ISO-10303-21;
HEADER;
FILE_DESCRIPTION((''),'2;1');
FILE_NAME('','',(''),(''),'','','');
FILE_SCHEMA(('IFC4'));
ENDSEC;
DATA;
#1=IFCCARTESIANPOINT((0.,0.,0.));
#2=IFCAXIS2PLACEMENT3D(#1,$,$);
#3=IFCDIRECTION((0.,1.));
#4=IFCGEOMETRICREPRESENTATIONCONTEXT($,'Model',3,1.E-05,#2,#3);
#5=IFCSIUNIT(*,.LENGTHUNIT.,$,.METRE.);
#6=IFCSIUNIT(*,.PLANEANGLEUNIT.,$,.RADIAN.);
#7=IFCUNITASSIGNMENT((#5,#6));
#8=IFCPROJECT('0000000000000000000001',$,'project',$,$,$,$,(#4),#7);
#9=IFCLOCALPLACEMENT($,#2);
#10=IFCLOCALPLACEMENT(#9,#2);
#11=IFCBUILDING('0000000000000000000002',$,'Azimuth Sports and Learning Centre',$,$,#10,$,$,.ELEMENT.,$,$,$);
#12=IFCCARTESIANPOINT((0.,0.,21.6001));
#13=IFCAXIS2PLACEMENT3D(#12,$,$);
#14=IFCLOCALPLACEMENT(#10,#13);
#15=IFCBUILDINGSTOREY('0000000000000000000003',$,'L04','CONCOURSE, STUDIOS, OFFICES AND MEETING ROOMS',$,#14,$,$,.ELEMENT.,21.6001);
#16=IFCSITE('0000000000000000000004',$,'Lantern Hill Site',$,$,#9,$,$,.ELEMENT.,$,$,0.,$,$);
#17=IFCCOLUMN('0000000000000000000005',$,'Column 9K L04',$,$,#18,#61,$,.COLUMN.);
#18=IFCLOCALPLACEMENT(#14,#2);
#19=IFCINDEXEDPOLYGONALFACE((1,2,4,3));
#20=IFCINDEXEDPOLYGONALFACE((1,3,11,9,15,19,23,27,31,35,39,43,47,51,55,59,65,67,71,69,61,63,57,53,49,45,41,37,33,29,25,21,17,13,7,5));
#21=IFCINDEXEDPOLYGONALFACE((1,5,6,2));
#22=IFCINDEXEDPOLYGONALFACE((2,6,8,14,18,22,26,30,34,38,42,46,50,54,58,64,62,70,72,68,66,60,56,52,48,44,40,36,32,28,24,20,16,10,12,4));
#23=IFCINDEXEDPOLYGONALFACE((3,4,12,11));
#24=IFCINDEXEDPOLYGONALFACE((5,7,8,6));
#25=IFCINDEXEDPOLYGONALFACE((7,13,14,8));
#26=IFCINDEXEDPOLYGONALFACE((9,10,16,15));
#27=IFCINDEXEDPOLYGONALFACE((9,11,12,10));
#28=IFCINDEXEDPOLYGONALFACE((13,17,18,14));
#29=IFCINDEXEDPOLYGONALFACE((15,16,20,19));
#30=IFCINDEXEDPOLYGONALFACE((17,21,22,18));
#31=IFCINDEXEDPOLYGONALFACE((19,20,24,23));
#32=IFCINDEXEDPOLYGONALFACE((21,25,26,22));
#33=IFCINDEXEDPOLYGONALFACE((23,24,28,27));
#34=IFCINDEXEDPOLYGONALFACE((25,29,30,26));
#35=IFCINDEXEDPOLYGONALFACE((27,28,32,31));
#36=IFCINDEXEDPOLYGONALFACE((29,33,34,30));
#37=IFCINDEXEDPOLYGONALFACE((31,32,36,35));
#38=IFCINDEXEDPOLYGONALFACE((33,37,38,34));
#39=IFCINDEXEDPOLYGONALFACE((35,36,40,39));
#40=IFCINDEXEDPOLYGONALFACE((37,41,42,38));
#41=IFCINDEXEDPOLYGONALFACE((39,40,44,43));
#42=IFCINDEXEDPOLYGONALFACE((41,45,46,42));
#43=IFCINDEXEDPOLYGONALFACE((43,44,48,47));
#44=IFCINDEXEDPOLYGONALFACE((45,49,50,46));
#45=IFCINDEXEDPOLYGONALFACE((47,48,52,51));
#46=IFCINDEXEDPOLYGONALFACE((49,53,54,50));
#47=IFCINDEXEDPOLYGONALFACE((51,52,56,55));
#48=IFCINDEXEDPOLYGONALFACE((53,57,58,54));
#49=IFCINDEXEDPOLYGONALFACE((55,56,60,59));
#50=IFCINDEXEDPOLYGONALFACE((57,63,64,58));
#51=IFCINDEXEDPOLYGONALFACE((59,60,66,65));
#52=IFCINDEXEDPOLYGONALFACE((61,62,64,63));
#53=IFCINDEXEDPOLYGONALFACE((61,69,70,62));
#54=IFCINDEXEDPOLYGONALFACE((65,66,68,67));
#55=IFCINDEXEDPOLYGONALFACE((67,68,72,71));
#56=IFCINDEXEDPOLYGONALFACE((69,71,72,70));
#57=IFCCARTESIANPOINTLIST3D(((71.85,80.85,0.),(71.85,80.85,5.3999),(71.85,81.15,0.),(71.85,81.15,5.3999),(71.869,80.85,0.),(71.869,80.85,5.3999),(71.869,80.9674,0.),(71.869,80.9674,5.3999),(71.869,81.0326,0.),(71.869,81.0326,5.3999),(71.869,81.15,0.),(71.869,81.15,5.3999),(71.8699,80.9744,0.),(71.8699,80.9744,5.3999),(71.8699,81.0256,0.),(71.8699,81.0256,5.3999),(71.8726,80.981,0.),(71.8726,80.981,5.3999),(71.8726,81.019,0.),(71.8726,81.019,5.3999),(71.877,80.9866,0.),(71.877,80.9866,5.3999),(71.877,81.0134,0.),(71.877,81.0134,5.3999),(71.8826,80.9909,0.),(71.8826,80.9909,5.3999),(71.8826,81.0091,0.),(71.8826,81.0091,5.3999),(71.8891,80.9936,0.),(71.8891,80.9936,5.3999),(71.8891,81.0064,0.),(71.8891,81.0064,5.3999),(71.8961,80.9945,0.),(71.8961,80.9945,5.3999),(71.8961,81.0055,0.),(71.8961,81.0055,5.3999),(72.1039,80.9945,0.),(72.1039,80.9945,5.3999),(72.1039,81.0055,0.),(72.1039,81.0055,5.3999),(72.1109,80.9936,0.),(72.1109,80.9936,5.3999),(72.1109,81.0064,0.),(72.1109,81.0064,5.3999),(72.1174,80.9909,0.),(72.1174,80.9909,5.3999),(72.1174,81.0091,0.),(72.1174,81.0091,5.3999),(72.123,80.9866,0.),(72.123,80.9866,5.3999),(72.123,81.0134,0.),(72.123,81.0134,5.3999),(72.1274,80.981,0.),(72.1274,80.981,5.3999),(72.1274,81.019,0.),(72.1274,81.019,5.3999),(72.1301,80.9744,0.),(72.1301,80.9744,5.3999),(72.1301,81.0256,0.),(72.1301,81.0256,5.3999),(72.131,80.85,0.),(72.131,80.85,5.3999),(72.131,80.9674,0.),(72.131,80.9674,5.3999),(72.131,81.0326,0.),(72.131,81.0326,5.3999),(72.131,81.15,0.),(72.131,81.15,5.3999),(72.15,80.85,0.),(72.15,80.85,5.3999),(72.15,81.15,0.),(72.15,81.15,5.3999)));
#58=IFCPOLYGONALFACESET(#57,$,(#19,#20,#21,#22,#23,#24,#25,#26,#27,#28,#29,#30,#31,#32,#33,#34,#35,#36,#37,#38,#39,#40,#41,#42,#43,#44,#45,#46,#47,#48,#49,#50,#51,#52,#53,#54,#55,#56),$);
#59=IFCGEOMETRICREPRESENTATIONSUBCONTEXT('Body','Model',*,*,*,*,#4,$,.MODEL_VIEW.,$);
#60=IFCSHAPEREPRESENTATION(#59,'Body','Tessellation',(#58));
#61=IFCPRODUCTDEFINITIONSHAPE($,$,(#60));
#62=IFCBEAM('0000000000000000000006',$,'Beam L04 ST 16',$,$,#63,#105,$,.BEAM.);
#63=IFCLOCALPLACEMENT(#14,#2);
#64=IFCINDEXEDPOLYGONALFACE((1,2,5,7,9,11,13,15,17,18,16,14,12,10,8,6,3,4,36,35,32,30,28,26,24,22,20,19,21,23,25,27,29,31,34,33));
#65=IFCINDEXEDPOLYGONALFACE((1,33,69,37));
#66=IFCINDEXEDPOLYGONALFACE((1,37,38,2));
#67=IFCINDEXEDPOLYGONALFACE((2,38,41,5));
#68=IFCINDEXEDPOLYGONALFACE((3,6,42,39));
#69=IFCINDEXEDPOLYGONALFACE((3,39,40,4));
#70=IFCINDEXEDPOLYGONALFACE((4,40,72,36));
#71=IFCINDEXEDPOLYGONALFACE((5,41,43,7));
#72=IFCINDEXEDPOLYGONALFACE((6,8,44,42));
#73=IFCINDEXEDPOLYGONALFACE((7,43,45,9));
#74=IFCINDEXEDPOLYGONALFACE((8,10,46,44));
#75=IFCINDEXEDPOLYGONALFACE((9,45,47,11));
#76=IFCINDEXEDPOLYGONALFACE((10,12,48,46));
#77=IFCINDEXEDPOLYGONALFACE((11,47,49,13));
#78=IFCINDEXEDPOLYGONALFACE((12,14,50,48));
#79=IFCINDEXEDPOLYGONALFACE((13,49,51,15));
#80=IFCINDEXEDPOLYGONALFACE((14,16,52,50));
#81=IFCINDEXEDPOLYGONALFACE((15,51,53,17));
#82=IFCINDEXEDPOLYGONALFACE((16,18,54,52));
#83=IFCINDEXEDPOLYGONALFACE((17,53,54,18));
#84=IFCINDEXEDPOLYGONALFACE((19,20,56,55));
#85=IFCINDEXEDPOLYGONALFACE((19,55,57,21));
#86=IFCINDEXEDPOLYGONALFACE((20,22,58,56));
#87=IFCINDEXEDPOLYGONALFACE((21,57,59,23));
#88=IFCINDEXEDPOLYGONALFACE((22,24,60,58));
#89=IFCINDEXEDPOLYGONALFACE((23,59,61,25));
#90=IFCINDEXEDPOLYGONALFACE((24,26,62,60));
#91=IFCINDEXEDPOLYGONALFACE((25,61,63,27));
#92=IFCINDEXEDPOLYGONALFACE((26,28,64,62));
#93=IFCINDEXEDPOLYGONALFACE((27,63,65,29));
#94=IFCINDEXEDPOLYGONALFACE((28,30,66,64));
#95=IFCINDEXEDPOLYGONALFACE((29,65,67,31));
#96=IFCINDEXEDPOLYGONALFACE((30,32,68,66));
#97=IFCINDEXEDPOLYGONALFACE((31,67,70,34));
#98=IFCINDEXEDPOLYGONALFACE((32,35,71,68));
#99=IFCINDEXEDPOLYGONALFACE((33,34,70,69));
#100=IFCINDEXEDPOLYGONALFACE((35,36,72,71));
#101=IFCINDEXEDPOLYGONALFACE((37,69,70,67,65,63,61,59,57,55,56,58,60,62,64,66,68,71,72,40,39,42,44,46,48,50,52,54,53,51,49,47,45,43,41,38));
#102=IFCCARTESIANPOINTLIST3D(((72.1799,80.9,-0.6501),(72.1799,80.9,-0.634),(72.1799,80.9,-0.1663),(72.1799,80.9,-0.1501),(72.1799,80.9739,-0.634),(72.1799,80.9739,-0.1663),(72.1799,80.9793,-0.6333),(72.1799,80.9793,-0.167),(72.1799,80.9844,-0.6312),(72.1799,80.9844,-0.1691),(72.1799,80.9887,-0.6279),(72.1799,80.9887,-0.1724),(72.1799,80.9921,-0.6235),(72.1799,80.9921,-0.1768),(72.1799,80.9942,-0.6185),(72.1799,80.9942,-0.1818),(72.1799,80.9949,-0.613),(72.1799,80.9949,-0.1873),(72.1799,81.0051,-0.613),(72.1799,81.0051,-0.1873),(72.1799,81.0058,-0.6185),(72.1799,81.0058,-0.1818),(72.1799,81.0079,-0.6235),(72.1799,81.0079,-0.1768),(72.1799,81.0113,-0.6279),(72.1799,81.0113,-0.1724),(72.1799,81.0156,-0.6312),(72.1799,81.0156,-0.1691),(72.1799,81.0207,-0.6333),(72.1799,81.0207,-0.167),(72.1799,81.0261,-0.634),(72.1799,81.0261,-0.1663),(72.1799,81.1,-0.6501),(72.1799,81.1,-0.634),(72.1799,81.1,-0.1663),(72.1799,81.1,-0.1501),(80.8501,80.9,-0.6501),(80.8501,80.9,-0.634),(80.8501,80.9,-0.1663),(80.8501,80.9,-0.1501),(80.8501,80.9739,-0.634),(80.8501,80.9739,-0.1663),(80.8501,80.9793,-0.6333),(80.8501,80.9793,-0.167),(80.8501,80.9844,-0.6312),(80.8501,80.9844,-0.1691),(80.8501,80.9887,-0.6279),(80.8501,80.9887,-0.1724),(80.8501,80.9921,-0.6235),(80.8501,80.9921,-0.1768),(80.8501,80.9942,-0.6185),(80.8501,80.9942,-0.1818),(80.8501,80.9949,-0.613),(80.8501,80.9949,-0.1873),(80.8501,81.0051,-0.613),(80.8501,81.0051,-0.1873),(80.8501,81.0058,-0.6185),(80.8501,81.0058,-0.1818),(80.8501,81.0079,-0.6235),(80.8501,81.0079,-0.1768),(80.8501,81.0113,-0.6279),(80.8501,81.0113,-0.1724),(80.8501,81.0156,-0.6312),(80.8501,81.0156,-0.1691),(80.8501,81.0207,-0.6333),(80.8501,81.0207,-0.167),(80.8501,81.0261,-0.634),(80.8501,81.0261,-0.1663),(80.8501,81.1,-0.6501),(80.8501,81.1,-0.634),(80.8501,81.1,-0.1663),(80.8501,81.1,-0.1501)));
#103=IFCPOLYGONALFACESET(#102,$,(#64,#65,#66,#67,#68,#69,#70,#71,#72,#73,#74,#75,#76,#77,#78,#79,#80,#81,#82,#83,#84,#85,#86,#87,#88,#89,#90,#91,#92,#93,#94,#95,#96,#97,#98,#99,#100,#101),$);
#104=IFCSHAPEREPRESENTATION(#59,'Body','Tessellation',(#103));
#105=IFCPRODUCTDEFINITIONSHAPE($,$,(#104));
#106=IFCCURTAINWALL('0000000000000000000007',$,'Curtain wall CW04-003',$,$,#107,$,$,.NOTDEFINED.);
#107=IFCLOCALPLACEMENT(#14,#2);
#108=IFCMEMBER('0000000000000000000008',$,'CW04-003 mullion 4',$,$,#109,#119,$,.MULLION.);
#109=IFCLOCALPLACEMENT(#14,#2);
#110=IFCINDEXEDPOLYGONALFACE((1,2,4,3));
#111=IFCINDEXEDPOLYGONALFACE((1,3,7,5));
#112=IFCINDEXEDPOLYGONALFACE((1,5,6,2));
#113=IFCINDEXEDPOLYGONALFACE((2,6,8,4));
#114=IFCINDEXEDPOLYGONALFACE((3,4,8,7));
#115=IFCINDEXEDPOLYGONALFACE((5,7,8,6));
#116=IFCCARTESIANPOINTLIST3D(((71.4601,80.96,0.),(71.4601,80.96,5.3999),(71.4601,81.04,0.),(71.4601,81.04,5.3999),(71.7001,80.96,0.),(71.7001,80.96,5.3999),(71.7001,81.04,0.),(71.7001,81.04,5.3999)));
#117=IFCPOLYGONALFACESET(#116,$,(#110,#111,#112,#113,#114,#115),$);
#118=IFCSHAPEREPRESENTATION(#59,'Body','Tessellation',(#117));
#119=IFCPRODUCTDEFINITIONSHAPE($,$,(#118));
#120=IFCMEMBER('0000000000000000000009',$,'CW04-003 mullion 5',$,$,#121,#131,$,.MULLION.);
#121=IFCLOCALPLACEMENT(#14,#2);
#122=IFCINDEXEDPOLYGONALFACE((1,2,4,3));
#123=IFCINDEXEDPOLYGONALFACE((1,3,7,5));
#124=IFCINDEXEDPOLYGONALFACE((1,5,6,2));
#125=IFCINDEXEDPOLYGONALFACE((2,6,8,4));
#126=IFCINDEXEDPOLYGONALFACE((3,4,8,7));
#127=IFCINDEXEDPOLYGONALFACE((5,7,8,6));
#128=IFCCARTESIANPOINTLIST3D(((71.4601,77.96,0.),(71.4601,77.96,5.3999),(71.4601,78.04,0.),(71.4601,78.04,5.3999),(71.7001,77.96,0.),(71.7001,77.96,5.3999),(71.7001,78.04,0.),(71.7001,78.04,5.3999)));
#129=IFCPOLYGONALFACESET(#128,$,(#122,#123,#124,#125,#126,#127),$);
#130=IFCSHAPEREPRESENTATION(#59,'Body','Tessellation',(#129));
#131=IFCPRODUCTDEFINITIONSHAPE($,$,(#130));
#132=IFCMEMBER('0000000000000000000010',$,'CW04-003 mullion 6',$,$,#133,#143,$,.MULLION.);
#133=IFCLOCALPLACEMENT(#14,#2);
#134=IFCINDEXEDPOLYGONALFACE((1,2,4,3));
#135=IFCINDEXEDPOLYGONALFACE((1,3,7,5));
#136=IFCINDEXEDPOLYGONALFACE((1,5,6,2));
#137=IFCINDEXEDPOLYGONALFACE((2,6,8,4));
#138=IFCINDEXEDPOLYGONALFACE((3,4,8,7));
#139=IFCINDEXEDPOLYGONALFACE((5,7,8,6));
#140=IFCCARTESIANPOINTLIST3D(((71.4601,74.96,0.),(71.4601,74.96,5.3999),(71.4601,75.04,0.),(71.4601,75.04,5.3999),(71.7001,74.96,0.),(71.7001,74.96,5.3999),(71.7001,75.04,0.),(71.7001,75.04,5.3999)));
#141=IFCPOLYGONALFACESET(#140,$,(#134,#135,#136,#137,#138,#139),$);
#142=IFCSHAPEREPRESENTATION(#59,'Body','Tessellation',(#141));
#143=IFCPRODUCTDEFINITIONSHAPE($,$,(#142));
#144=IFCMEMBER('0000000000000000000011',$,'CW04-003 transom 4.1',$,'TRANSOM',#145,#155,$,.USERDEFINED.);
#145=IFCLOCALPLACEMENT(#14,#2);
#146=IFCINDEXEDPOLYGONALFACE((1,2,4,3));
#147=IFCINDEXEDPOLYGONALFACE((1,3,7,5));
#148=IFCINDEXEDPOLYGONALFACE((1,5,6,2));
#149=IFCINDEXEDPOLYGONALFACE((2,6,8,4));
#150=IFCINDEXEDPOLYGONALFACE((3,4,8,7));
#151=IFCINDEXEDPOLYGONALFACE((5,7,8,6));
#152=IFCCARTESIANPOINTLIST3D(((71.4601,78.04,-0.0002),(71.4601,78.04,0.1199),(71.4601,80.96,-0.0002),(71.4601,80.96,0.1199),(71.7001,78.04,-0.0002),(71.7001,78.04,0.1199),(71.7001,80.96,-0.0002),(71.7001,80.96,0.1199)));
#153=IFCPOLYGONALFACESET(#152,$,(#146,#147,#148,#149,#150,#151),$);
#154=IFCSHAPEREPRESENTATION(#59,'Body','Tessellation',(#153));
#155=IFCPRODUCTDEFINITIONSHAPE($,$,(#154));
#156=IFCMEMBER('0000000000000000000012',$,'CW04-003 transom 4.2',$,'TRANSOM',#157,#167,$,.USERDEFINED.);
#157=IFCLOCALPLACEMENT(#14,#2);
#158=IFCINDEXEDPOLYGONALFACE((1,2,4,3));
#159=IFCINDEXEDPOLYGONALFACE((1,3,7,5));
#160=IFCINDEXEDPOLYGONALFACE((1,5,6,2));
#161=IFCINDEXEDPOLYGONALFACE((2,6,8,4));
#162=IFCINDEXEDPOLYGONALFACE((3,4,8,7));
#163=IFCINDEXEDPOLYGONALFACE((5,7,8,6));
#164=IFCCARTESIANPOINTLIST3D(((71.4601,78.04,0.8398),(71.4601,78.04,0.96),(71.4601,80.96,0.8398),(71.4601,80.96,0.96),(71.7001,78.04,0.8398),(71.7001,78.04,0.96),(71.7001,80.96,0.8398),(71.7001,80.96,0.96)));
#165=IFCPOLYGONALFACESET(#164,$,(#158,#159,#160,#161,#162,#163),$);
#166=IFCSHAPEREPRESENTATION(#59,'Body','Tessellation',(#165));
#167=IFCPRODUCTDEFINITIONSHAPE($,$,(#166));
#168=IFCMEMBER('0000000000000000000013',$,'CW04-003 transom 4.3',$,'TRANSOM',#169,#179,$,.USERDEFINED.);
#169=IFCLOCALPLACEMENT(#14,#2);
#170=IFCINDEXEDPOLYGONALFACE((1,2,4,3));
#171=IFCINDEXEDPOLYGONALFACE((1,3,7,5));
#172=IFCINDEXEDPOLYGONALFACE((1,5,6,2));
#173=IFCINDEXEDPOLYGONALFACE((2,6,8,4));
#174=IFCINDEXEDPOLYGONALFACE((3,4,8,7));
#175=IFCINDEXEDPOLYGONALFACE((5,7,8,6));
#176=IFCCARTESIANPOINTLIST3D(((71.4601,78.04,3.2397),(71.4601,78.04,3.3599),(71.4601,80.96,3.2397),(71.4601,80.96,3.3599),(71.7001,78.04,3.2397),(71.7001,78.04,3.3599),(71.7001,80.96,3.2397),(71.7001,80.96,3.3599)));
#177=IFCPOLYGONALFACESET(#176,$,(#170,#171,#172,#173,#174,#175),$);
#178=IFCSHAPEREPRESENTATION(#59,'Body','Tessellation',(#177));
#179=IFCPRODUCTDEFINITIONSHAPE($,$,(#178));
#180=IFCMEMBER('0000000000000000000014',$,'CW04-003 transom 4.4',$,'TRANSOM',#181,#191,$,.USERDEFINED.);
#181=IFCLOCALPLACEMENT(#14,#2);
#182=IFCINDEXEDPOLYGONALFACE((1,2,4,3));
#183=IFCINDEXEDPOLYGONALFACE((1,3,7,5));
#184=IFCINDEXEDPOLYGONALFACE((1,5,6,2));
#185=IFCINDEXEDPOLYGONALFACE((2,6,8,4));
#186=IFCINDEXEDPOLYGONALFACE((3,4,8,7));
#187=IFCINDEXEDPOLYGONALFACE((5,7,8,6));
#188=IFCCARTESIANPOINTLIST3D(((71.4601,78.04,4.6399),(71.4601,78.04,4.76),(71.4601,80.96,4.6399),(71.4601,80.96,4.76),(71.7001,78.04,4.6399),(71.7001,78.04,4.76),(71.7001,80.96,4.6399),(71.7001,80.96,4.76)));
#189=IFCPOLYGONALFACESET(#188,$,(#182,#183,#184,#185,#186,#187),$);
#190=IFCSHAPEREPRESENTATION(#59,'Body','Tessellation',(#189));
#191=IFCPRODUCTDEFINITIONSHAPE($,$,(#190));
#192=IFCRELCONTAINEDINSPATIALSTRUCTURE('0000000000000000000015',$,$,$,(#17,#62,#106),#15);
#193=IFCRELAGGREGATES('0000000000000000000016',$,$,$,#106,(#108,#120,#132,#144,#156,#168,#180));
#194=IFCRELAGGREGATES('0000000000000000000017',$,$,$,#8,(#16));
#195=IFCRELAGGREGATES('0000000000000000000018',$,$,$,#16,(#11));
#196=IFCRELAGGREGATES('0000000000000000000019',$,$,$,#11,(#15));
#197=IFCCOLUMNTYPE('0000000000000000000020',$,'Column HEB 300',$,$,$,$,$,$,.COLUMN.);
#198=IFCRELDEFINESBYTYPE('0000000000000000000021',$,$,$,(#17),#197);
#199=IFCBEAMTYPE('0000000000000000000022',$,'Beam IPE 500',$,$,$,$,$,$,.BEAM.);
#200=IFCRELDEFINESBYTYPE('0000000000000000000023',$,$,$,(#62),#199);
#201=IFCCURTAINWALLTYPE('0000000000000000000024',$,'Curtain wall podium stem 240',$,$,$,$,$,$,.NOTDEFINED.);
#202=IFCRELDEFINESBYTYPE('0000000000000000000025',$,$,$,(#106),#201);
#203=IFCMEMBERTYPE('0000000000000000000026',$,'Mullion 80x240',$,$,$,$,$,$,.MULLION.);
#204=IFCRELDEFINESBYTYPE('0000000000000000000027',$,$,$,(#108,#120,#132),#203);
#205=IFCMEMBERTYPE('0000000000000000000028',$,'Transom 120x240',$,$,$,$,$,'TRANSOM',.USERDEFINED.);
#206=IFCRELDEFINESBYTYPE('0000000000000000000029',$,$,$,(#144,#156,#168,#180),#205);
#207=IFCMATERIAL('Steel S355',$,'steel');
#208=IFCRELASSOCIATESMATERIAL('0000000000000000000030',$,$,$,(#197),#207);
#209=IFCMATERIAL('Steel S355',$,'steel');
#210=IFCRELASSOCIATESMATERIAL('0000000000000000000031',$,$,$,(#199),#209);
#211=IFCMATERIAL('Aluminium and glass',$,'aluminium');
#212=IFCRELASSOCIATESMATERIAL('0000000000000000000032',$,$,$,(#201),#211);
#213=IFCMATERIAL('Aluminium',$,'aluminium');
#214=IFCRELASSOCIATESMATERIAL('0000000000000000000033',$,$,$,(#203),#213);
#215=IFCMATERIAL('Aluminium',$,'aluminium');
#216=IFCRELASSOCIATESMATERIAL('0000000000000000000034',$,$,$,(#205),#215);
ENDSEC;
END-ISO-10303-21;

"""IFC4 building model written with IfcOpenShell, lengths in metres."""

from ifc_helpers import new_model, si_unit, direction, frame, origin, origin_2d, place, context, subcontext, project, spatial, rectangle, i_section, extrude, material, material_profile, profile_set, type_object, element, aggregate, save


model = new_model("IFC4")

# Units and contexts
model_context = context("Model", 3, precision=1e-05, world=origin(), true_north=direction((0.0, 1.0)))
body_context = subcontext(model_context, "Body", "Model", "MODEL_VIEW")
ifc_project = project(units=[si_unit("LENGTHUNIT", "METRE"), si_unit("PLANEANGLEUNIT", "RADIAN")], contexts=[model_context])

# Site, building, storey
site_placement = place(None, origin())
site = spatial("IfcSite", under=ifc_project, at=site_placement, Name="Lantern Hill Site", CompositionType="ELEMENT", RefElevation=0.0)
building_placement = place(site_placement, origin())
building = spatial("IfcBuilding", under=site, at=building_placement, Name="Azimuth Sports and Learning Centre", CompositionType="ELEMENT")
storey_placement = place(building_placement, frame((0.0, 0.0, 21.6001)))
storey = spatial("IfcBuildingStorey", under=building, at=storey_placement, Name="L04", Description="CONCOURSE, STUDIOS, OFFICES AND MEETING ROOMS", CompositionType="ELEMENT", Elevation=21.6001)

# Column
ifc_material_1 = material(Name="Steel S355", Category="steel")
ifc_material_profile_1 = material_profile(ifc_material_1, i_section(OverallWidth=0.3, OverallDepth=0.3, WebThickness=0.011, FlangeThickness=0.019, FilletRadius=0.0271, at=origin_2d()), Name="HEB 300")
ifc_profile_set_1 = profile_set([ifc_material_profile_1], Name="Steel S355")
column_type = type_object("IfcColumnType", Name="Column HEB 300", PredefinedType="COLUMN", material=ifc_profile_set_1)
column_placement = place(storey_placement, frame((72.0, 81.0, 0.0), z_axis=(0.0, 0.0, 1.0), x_axis=(0.0, 1.0, 0.0)))
element("IfcColumn", 1, at=column_placement, inside=storey, type_object=column_type, Name="Column 9K L04", PredefinedType="COLUMN", context=body_context, shape_type="SweptSolid", body=[
    extrude(i_section(OverallWidth=0.3, OverallDepth=0.3, WebThickness=0.011, FlangeThickness=0.019, FilletRadius=0.0271, at=origin_2d()), origin(), (0.0, 0.0, 1.0), 5.3999),
])

# Beam
ifc_material_2 = material(Name="Steel S355", Category="steel")
ifc_material_profile_2 = material_profile(ifc_material_2, i_section(OverallWidth=0.2, OverallDepth=0.5, WebThickness=0.0103, FlangeThickness=0.0161, FilletRadius=0.021, at=origin_2d()), Name="IPE 500")
ifc_profile_set_2 = profile_set([ifc_material_profile_2], Name="Steel S355")
beam_type = type_object("IfcBeamType", Name="Beam IPE 500", PredefinedType="BEAM", material=ifc_profile_set_2)
beam_placement = place(storey_placement, frame((72.1799, 81.0, -0.4001), z_axis=(1.0, 0.0, 0.0), x_axis=(0.0, 1.0, 0.0)))
element("IfcBeam", 2, at=beam_placement, inside=storey, type_object=beam_type, Name="Beam L04 ST 16", PredefinedType="BEAM", context=body_context, shape_type="SweptSolid", body=[
    extrude(i_section(OverallWidth=0.2, OverallDepth=0.5, WebThickness=0.0103, FlangeThickness=0.0161, FilletRadius=0.021, at=origin_2d()), origin(), (0.0, 0.0, 1.0), 8.6702),
])

# Curtain wall, members
ifc_material_3 = material(Name="Aluminium and glass", Category="aluminium")
curtain_wall_type = type_object("IfcCurtainWallType", Name="Curtain wall podium stem 240", PredefinedType="NOTDEFINED", material=ifc_material_3)
curtain_wall_placement = place(storey_placement, origin())
curtain_wall = element("IfcCurtainWall", 3, at=curtain_wall_placement, inside=storey, type_object=curtain_wall_type, Name="Curtain wall CW04-003", PredefinedType="NOTDEFINED")
ifc_material_4 = material(Name="Aluminium", Category="aluminium")
ifc_material_profile_3 = material_profile(ifc_material_4, rectangle(XDim=0.24, YDim=0.0801, at=origin_2d()), Name="Mullion 80x240")
ifc_profile_set_3 = profile_set([ifc_material_profile_3], Name="Aluminium")
member_type_1 = type_object("IfcMemberType", Name="Mullion 80x240", PredefinedType="MULLION", material=ifc_profile_set_3)
member_1_placement = place(storey_placement, frame((71.5801, 81.0, 0.0), z_axis=(0.0, 0.0, 1.0), x_axis=(1.0, 0.0, 0.0)))
member_1 = element("IfcMember", 4, at=member_1_placement, type_object=member_type_1, Name="CW04-003 mullion 4", PredefinedType="MULLION", context=body_context, shape_type="SweptSolid", body=[
    extrude(rectangle(XDim=0.24, YDim=0.0801, at=origin_2d()), origin(), (0.0, 0.0, 1.0), 5.3999),
])
member_2_placement = place(storey_placement, frame((71.5801, 78.0, 0.0), z_axis=(0.0, 0.0, 1.0), x_axis=(1.0, 0.0, 0.0)))
member_2 = element("IfcMember", 5, at=member_2_placement, type_object=member_type_1, Name="CW04-003 mullion 5", PredefinedType="MULLION", context=body_context, shape_type="SweptSolid", body=[
    extrude(rectangle(XDim=0.24, YDim=0.0801, at=origin_2d()), origin(), (0.0, 0.0, 1.0), 5.3999),
])
member_3_placement = place(storey_placement, frame((71.5801, 75.0, 0.0), z_axis=(0.0, 0.0, 1.0), x_axis=(1.0, 0.0, 0.0)))
member_3 = element("IfcMember", 6, at=member_3_placement, type_object=member_type_1, Name="CW04-003 mullion 6", PredefinedType="MULLION", context=body_context, shape_type="SweptSolid", body=[
    extrude(rectangle(XDim=0.24, YDim=0.0801, at=origin_2d()), origin(), (0.0, 0.0, 1.0), 5.3999),
])
ifc_material_5 = material(Name="Aluminium", Category="aluminium")
ifc_material_profile_4 = material_profile(ifc_material_5, rectangle(XDim=0.24, YDim=0.1201, at=origin_2d()), Name="Transom 120x240")
ifc_profile_set_4 = profile_set([ifc_material_profile_4], Name="Aluminium")
member_type_2 = type_object("IfcMemberType", Name="Transom 120x240", ElementType="TRANSOM", PredefinedType="USERDEFINED", material=ifc_profile_set_4)
member_4_placement = place(storey_placement, frame((71.5801, 80.96, 0.0598), z_axis=(0.0, -1.0, 0.0), x_axis=(1.0, 0.0, 0.0)))
member_4 = element("IfcMember", 7, at=member_4_placement, type_object=member_type_2, Name="CW04-003 transom 4.1", ObjectType="TRANSOM", PredefinedType="USERDEFINED", context=body_context, shape_type="SweptSolid", body=[
    extrude(rectangle(XDim=0.24, YDim=0.1201, at=origin_2d()), origin(), (0.0, 0.0, 1.0), 2.9199),
])
member_5_placement = place(storey_placement, frame((71.5801, 80.96, 0.8999), z_axis=(0.0, -1.0, 0.0), x_axis=(1.0, 0.0, 0.0)))
member_5 = element("IfcMember", 8, at=member_5_placement, type_object=member_type_2, Name="CW04-003 transom 4.2", ObjectType="TRANSOM", PredefinedType="USERDEFINED", context=body_context, shape_type="SweptSolid", body=[
    extrude(rectangle(XDim=0.24, YDim=0.1201, at=origin_2d()), origin(), (0.0, 0.0, 1.0), 2.9199),
])
member_6_placement = place(storey_placement, frame((71.5801, 80.96, 3.2998), z_axis=(0.0, -1.0, 0.0), x_axis=(1.0, 0.0, 0.0)))
member_6 = element("IfcMember", 9, at=member_6_placement, type_object=member_type_2, Name="CW04-003 transom 4.3", ObjectType="TRANSOM", PredefinedType="USERDEFINED", context=body_context, shape_type="SweptSolid", body=[
    extrude(rectangle(XDim=0.24, YDim=0.1201, at=origin_2d()), origin(), (0.0, 0.0, 1.0), 2.9199),
])
member_7_placement = place(storey_placement, frame((71.5801, 80.96, 4.7), z_axis=(0.0, -1.0, 0.0), x_axis=(1.0, 0.0, 0.0)))
member_7 = element("IfcMember", 10, at=member_7_placement, type_object=member_type_2, Name="CW04-003 transom 4.4", ObjectType="TRANSOM", PredefinedType="USERDEFINED", context=body_context, shape_type="SweptSolid", body=[
    extrude(rectangle(XDim=0.24, YDim=0.1201, at=origin_2d()), origin(), (0.0, 0.0, 1.0), 2.9199),
])
aggregate(curtain_wall, [member_1, member_2, member_3, member_4, member_5, member_6, member_7])

save(model, "model.ifc")
